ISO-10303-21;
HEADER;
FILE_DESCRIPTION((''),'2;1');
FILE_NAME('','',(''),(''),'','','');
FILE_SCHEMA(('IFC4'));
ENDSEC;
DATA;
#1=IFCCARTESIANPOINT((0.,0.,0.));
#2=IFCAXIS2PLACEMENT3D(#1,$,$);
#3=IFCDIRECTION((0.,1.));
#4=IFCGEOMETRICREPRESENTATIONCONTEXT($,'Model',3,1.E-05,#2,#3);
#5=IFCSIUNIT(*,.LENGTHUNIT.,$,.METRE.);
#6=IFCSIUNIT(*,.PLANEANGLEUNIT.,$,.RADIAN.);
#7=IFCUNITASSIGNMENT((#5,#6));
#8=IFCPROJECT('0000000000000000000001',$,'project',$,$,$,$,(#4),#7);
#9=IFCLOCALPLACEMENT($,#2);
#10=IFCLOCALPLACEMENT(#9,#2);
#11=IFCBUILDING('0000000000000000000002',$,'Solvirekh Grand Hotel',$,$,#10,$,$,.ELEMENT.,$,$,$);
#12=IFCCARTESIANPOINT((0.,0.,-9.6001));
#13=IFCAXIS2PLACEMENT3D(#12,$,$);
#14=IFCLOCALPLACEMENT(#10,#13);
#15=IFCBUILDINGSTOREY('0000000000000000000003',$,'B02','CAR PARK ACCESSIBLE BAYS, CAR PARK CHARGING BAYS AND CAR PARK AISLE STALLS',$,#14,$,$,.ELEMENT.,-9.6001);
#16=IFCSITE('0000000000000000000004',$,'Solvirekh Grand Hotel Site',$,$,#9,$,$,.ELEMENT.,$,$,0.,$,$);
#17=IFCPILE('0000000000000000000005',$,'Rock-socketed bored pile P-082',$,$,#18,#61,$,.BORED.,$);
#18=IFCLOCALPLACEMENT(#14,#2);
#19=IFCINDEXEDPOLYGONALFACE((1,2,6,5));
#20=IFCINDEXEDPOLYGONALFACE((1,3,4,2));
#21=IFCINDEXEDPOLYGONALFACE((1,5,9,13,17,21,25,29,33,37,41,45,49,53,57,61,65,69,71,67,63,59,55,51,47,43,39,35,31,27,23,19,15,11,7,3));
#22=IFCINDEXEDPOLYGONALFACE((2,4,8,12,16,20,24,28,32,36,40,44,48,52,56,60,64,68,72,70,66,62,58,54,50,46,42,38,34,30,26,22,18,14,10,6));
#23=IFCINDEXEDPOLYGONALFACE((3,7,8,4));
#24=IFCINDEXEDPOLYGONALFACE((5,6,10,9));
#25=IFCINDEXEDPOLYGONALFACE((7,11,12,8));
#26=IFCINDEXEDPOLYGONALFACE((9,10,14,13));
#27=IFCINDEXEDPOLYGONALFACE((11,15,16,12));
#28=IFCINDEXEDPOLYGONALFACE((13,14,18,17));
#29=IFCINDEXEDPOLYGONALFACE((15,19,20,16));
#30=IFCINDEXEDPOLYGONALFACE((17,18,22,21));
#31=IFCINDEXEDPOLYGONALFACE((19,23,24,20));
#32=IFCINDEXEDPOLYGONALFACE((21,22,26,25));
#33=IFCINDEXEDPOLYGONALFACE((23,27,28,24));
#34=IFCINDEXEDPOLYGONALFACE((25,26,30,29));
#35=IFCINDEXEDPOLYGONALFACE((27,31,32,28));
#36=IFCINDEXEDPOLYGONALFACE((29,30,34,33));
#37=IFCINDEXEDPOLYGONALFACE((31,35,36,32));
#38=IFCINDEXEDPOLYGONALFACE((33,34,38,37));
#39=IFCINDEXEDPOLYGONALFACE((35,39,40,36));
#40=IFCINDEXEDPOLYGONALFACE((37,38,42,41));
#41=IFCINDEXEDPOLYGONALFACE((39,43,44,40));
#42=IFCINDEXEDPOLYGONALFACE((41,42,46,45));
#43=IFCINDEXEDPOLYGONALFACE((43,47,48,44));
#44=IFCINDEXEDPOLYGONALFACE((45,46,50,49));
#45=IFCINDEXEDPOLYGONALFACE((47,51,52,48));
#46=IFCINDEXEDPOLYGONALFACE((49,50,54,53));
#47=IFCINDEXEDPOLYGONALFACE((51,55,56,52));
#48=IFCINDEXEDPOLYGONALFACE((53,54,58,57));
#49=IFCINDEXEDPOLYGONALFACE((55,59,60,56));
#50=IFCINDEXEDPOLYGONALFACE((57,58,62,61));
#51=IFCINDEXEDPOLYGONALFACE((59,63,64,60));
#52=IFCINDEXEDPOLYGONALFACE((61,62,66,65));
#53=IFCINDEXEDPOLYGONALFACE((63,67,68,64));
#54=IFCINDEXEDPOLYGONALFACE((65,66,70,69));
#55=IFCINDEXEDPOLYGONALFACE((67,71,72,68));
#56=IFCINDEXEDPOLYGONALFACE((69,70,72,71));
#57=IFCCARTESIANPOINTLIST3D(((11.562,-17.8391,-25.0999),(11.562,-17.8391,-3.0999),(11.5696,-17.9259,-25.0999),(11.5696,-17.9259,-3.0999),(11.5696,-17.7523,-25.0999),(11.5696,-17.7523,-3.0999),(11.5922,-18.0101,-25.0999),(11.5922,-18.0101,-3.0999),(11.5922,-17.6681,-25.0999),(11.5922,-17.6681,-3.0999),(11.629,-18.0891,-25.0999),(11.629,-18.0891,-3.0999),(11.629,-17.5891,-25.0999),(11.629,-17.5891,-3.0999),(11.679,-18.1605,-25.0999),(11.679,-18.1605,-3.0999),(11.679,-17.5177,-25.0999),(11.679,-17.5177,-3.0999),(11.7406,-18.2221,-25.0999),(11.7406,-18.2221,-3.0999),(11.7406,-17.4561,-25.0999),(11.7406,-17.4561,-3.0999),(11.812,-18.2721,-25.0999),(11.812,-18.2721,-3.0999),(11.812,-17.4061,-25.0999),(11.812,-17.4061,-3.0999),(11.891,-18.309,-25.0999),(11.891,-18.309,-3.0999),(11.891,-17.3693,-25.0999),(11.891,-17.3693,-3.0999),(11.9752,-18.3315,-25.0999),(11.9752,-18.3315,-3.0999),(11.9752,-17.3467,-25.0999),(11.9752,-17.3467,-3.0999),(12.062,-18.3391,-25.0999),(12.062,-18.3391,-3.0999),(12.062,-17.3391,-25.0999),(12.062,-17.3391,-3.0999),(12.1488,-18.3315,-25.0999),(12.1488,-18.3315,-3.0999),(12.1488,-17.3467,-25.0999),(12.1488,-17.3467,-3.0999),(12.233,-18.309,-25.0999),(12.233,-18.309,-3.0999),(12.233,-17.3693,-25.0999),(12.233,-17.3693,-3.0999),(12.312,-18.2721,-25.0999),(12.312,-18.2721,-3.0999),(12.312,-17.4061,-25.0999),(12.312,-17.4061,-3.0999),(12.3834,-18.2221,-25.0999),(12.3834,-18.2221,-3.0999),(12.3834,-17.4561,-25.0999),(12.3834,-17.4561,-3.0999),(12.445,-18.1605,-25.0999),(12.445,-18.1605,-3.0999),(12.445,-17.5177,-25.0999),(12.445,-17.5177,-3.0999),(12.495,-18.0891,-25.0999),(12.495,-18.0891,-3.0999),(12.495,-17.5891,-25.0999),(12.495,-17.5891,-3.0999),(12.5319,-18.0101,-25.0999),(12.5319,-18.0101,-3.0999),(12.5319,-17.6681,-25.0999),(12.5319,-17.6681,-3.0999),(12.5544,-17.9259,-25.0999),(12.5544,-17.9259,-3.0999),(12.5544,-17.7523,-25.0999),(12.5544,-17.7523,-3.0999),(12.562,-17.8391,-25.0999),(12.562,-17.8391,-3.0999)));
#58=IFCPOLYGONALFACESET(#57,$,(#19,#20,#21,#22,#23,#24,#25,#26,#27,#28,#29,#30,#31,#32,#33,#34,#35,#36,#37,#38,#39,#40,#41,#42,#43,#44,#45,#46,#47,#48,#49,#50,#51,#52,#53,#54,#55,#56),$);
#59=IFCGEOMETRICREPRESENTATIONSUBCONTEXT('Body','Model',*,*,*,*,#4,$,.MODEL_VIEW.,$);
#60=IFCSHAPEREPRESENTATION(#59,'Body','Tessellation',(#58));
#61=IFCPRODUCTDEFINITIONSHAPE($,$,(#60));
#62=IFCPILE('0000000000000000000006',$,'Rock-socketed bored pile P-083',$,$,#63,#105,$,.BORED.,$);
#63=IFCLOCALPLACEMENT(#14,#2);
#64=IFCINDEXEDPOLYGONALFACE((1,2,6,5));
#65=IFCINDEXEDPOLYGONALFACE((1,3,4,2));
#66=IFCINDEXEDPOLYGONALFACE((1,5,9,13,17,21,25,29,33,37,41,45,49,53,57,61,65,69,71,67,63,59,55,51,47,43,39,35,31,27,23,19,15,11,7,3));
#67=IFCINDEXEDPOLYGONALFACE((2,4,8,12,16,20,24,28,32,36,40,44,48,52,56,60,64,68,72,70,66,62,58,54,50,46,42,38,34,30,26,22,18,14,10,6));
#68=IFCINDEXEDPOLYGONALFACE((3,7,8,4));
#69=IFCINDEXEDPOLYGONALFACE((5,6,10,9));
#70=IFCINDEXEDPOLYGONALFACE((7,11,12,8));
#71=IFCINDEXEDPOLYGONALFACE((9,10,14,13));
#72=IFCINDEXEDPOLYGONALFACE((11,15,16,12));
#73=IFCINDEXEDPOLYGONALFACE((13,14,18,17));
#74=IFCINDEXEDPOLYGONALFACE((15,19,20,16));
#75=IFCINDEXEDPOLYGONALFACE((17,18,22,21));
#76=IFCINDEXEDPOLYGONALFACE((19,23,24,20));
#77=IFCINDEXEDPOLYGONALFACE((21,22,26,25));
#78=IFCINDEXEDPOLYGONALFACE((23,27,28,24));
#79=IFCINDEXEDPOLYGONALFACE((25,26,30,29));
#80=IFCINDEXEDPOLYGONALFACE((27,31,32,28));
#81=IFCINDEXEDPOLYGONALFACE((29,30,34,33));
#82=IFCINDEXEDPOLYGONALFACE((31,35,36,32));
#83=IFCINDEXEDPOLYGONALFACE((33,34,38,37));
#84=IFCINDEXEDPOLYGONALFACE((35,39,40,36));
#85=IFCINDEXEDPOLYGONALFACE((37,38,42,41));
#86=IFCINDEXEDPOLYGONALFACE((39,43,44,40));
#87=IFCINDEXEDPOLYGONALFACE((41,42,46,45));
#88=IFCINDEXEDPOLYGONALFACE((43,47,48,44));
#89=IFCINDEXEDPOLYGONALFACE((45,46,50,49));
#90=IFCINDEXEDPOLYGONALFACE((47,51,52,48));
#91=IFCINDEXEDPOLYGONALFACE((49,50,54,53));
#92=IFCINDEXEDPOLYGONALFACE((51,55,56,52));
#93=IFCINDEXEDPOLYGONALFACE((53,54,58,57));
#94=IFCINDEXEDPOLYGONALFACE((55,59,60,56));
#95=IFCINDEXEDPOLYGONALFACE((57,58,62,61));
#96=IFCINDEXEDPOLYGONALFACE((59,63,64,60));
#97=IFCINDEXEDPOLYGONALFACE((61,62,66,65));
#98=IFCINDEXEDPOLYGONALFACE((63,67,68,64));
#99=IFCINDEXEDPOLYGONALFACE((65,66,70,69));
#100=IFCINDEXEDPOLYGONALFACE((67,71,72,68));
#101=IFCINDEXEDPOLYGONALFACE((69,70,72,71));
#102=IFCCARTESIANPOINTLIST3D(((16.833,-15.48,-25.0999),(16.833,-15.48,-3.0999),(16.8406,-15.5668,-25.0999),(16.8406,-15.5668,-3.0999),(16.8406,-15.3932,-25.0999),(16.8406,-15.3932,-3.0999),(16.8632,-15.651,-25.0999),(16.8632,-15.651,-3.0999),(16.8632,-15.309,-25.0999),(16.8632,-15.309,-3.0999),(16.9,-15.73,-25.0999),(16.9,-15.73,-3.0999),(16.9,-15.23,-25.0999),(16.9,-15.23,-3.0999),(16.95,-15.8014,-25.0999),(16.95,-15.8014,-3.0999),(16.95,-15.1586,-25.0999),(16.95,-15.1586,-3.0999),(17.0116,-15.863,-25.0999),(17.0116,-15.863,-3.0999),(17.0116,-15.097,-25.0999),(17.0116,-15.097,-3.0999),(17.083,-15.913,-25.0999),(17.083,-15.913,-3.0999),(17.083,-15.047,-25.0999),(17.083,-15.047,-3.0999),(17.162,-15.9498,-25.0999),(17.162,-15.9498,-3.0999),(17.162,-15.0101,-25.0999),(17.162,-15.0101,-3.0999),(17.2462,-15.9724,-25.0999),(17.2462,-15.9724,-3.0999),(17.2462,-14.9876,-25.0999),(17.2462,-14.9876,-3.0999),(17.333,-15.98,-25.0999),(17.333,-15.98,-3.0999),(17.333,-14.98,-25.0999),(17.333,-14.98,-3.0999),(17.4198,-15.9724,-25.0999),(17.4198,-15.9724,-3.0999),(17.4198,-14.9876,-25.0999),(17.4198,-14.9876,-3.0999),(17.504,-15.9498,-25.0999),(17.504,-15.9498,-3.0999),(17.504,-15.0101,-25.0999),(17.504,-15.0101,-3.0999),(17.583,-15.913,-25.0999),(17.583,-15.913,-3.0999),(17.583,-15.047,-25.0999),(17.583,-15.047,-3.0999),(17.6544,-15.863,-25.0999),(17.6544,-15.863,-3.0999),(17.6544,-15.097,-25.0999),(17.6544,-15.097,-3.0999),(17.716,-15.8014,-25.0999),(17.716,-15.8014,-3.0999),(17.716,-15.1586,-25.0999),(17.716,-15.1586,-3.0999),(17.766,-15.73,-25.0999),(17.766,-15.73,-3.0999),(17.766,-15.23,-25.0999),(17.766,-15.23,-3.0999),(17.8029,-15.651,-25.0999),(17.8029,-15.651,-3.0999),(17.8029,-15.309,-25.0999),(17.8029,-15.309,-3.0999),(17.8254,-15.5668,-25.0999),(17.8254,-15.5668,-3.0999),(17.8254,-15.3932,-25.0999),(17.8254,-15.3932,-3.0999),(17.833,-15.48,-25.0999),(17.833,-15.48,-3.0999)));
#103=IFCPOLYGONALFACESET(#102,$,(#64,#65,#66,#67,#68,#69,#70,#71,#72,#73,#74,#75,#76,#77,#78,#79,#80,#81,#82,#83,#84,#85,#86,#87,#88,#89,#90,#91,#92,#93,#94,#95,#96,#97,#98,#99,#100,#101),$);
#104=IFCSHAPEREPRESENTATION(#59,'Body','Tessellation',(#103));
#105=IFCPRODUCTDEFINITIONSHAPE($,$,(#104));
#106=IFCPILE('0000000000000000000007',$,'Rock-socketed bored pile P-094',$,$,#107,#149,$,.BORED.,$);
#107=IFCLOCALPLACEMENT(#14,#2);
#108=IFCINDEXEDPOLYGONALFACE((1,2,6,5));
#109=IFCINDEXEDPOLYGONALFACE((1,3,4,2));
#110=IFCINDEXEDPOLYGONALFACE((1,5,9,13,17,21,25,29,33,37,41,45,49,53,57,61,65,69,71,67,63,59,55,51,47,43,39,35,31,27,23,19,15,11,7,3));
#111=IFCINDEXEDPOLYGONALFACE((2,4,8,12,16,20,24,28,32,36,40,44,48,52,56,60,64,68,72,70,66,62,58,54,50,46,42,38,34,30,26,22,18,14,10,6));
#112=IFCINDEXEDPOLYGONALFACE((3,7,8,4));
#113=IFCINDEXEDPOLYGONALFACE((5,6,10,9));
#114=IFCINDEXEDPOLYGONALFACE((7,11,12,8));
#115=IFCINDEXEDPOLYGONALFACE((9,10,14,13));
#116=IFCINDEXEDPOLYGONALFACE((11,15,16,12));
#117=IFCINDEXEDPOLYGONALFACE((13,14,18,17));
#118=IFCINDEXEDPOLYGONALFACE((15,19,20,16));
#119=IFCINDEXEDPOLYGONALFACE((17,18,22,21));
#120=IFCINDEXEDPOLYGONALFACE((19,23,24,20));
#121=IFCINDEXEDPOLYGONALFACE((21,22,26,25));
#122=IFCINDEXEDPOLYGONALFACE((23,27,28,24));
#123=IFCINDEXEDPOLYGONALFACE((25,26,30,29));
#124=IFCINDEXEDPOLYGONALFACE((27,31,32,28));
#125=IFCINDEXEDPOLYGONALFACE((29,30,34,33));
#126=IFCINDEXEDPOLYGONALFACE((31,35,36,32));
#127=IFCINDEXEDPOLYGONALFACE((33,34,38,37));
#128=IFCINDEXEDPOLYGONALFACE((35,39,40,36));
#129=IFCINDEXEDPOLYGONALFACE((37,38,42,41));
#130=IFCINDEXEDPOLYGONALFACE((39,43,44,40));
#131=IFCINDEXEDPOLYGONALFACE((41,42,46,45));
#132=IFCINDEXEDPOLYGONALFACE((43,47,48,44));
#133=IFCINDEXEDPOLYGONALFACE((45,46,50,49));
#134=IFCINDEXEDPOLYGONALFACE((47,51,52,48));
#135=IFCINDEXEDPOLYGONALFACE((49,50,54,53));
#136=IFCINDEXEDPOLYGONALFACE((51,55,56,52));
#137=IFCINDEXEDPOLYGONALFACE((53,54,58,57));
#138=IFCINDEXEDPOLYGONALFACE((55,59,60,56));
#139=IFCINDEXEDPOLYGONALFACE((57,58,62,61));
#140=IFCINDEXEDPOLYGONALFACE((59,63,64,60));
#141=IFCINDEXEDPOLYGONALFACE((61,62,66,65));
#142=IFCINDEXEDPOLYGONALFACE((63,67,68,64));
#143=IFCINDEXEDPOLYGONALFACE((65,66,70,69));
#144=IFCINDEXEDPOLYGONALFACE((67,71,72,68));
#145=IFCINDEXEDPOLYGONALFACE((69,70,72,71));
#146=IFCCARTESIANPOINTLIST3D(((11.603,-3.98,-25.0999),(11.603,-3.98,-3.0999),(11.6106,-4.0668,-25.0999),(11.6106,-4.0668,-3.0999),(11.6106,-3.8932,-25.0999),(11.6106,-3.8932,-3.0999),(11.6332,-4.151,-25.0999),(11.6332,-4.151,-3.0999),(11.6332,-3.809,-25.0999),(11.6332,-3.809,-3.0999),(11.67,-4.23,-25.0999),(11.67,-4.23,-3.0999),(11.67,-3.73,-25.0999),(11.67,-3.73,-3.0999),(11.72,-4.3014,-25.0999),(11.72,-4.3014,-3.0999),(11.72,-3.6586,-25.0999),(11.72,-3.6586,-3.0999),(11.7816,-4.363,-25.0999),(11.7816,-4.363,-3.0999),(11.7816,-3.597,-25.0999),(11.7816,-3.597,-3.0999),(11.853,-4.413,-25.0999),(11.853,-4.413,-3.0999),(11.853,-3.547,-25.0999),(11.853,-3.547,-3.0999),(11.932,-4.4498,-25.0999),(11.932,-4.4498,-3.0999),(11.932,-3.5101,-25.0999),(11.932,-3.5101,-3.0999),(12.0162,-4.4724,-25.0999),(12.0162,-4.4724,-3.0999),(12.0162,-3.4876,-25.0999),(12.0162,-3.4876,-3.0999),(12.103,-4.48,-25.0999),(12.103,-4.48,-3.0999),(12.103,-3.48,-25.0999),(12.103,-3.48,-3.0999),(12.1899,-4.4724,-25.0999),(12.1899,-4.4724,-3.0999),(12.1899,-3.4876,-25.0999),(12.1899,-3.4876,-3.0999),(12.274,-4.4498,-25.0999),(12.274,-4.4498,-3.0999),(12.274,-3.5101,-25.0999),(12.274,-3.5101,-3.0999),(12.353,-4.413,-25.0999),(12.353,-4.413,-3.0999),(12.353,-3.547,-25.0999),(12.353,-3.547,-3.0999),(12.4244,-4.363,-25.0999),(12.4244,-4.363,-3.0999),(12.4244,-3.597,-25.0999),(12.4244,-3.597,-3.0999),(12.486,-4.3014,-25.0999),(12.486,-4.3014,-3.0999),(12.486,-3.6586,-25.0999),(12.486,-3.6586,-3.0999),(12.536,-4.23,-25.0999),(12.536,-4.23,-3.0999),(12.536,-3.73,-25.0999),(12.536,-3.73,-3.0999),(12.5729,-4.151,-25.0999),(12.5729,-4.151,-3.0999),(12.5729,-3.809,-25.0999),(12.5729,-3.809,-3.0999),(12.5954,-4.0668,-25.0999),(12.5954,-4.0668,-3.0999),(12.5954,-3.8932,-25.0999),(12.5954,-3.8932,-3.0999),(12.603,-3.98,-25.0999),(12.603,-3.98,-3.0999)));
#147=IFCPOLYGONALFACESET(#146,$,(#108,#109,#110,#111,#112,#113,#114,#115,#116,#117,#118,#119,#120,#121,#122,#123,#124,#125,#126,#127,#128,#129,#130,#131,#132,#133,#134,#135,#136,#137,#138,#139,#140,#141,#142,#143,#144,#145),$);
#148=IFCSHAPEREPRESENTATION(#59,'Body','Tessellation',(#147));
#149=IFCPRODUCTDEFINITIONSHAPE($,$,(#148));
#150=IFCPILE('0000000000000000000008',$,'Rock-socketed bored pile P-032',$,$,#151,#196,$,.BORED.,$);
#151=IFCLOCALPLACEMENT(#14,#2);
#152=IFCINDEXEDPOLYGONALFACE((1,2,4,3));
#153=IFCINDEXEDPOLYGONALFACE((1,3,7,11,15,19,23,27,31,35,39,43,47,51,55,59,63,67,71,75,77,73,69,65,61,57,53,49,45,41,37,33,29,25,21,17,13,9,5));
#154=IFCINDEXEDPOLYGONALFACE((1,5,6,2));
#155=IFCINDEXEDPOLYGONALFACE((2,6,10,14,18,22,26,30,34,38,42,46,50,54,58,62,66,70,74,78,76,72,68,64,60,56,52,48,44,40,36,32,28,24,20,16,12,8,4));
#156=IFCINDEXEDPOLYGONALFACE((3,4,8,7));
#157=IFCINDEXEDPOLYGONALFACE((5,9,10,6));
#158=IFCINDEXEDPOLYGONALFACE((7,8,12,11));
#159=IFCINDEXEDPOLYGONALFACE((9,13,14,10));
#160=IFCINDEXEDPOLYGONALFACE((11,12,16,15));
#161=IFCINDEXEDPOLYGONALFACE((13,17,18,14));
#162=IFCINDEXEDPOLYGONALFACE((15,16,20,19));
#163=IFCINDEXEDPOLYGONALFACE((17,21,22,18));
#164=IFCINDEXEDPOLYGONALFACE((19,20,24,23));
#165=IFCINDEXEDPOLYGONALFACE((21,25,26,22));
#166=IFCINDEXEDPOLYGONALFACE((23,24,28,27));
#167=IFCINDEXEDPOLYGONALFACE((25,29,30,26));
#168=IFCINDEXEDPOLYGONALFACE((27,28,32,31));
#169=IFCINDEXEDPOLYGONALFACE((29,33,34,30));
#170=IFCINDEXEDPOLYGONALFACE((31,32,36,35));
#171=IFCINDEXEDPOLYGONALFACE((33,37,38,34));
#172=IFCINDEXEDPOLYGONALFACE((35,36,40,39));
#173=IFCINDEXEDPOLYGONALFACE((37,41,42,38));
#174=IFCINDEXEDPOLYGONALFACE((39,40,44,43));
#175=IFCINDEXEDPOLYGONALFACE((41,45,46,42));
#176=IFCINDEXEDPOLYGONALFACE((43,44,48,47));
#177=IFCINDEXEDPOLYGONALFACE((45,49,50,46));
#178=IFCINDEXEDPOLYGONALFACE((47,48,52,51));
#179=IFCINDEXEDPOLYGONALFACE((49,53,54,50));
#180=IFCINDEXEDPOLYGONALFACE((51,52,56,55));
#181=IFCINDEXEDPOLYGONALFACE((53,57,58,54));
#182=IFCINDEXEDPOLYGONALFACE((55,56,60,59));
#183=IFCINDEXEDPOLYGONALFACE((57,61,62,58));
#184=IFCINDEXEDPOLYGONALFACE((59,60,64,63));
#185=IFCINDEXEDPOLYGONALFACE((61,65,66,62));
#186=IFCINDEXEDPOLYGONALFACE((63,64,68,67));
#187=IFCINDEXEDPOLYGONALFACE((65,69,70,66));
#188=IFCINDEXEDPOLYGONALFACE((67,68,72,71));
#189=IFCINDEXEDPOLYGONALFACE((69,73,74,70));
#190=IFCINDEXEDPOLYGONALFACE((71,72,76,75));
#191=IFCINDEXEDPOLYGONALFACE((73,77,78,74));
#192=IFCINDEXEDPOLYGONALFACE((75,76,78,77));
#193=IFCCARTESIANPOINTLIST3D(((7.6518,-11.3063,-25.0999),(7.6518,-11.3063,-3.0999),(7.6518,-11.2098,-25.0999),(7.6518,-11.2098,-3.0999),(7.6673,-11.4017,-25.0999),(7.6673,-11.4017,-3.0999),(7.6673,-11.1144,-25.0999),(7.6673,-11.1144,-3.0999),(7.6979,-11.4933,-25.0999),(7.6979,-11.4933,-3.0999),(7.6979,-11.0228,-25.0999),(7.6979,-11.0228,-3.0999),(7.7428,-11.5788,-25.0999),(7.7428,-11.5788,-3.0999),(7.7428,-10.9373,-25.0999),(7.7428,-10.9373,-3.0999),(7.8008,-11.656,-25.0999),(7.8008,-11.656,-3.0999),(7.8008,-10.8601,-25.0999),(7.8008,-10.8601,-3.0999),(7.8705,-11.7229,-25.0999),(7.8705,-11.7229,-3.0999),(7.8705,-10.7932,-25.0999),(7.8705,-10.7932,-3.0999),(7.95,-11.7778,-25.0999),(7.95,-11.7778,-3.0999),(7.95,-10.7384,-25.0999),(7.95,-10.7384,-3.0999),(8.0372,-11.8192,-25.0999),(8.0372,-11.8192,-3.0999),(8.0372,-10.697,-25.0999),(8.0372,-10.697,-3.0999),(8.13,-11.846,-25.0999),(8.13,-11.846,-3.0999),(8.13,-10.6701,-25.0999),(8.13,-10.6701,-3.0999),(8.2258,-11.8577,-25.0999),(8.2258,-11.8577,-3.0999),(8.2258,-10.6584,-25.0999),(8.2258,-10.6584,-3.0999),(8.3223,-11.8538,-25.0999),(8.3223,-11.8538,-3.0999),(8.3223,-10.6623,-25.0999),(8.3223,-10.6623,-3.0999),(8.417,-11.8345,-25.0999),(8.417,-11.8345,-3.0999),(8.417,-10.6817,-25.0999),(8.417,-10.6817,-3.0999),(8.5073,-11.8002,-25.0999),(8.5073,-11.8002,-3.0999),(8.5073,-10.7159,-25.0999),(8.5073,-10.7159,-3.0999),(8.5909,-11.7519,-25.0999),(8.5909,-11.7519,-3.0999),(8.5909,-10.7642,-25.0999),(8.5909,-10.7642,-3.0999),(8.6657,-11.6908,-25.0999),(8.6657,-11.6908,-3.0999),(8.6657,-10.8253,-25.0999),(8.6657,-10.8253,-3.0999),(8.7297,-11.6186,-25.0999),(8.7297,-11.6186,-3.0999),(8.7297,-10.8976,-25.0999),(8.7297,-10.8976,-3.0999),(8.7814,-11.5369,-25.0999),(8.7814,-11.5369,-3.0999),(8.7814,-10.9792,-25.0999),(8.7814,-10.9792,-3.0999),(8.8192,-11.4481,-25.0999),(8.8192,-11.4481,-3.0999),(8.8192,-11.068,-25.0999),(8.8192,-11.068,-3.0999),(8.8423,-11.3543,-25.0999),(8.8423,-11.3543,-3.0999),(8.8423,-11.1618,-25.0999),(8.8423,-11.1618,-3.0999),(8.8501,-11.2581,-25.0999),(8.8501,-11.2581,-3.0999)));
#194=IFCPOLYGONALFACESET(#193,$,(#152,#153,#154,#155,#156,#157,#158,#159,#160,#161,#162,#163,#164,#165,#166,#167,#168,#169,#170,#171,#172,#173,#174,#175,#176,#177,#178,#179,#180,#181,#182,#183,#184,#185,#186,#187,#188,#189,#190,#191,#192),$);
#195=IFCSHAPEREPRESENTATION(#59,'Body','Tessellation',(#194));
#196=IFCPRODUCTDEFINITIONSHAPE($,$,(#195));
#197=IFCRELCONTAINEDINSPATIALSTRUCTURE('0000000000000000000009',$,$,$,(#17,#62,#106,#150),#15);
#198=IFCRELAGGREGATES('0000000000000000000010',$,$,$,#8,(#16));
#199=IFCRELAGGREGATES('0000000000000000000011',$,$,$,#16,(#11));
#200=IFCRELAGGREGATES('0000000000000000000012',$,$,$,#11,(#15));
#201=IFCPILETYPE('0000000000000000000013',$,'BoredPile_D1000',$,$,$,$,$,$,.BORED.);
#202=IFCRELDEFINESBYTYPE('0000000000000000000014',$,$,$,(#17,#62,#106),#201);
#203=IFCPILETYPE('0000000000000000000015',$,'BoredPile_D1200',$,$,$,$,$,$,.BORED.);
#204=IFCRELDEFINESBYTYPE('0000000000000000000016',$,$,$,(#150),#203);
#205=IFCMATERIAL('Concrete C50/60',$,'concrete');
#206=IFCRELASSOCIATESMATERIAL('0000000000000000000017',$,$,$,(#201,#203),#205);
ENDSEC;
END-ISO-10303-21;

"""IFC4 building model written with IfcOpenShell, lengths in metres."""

from ifc_helpers import new_model, si_unit, direction, frame, origin, origin_2d, place, context, subcontext, project, spatial, circle, extrude, material, material_profile, profile_set, type_object, element, save


model = new_model("IFC4")

# Units and contexts
model_context = context("Model", 3, precision=1e-05, world=origin(), true_north=direction((0.0, 1.0)))
body_context = subcontext(model_context, "Body", "Model", "MODEL_VIEW")
ifc_project = project(units=[si_unit("LENGTHUNIT", "METRE"), si_unit("PLANEANGLEUNIT", "RADIAN")], contexts=[model_context])

# Site, building, storey
site_placement = place(None, origin())
site = spatial("IfcSite", under=ifc_project, at=site_placement, Name="Solvirekh Grand Hotel Site", CompositionType="ELEMENT", RefElevation=0.0)
building_placement = place(site_placement, origin())
building = spatial("IfcBuilding", under=site, at=building_placement, Name="Solvirekh Grand Hotel", CompositionType="ELEMENT")
storey_placement = place(building_placement, frame((0.0, 0.0, -9.6001)))
storey = spatial("IfcBuildingStorey", under=building, at=storey_placement, Name="B02", Description="CAR PARK ACCESSIBLE BAYS, CAR PARK CHARGING BAYS AND CAR PARK AISLE STALLS", CompositionType="ELEMENT", Elevation=-9.6001)

# Piles
ifc_material_1 = material(Name="Concrete C50/60", Category="concrete")
ifc_material_profile_1 = material_profile(ifc_material_1, circle(Radius=0.5, at=origin_2d()), Name="BORED PILE D1000")
ifc_profile_set_1 = profile_set([ifc_material_profile_1], Name="Concrete C50/60")
pile_type_1 = type_object("IfcPileType", Name="BoredPile_D1000", PredefinedType="BORED", material=ifc_profile_set_1)
for number, where, z_axis, x_axis, name in (
    (1, (12.062, -17.8391, -3.0999), (0.0, 0.0, -1.0), (1.0, 0.0, 0.0), "Rock-socketed bored pile P-082"),
    (2, (17.333, -15.48, -3.0999), (0.0, 0.0, -1.0), (1.0, 0.0, 0.0), "Rock-socketed bored pile P-083"),
    (3, (12.103, -3.98, -3.0999), (0.0, 0.0, -1.0), (1.0, 0.0, 0.0), "Rock-socketed bored pile P-094"),
):
    element("IfcPile", number, at=place(storey_placement, frame(where, z_axis=z_axis, x_axis=x_axis)), inside=storey, type_object=pile_type_1, Name=name, PredefinedType="BORED", context=body_context, shape_type="SweptSolid", body=[
        extrude(circle(Radius=0.5, at=origin_2d()), origin(), (0.0, 0.0, 1.0), 22.0),
    ])
ifc_material_profile_2 = material_profile(ifc_material_1, circle(Radius=0.6001, at=origin_2d()), Name="BORED PILE D1200")
ifc_profile_set_2 = profile_set([ifc_material_profile_2], Name="Concrete C50/60")
pile_type_2 = type_object("IfcPileType", Name="BoredPile_D1200", PredefinedType="BORED", material=ifc_profile_set_2)
for number, where, z_axis, x_axis, name in (
    (4, (8.25, -11.2581, -3.0999), (0.0, 0.0, -1.0), (1.0, 0.0, 0.0), "Rock-socketed bored pile P-032"),
):
    element("IfcPile", number, at=place(storey_placement, frame(where, z_axis=z_axis, x_axis=x_axis)), inside=storey, type_object=pile_type_2, Name=name, PredefinedType="BORED", context=body_context, shape_type="SweptSolid", body=[
        extrude(circle(Radius=0.6001, at=origin_2d()), origin(), (0.0, 0.0, 1.0), 22.0),
    ])

save(model, "model.ifc")
